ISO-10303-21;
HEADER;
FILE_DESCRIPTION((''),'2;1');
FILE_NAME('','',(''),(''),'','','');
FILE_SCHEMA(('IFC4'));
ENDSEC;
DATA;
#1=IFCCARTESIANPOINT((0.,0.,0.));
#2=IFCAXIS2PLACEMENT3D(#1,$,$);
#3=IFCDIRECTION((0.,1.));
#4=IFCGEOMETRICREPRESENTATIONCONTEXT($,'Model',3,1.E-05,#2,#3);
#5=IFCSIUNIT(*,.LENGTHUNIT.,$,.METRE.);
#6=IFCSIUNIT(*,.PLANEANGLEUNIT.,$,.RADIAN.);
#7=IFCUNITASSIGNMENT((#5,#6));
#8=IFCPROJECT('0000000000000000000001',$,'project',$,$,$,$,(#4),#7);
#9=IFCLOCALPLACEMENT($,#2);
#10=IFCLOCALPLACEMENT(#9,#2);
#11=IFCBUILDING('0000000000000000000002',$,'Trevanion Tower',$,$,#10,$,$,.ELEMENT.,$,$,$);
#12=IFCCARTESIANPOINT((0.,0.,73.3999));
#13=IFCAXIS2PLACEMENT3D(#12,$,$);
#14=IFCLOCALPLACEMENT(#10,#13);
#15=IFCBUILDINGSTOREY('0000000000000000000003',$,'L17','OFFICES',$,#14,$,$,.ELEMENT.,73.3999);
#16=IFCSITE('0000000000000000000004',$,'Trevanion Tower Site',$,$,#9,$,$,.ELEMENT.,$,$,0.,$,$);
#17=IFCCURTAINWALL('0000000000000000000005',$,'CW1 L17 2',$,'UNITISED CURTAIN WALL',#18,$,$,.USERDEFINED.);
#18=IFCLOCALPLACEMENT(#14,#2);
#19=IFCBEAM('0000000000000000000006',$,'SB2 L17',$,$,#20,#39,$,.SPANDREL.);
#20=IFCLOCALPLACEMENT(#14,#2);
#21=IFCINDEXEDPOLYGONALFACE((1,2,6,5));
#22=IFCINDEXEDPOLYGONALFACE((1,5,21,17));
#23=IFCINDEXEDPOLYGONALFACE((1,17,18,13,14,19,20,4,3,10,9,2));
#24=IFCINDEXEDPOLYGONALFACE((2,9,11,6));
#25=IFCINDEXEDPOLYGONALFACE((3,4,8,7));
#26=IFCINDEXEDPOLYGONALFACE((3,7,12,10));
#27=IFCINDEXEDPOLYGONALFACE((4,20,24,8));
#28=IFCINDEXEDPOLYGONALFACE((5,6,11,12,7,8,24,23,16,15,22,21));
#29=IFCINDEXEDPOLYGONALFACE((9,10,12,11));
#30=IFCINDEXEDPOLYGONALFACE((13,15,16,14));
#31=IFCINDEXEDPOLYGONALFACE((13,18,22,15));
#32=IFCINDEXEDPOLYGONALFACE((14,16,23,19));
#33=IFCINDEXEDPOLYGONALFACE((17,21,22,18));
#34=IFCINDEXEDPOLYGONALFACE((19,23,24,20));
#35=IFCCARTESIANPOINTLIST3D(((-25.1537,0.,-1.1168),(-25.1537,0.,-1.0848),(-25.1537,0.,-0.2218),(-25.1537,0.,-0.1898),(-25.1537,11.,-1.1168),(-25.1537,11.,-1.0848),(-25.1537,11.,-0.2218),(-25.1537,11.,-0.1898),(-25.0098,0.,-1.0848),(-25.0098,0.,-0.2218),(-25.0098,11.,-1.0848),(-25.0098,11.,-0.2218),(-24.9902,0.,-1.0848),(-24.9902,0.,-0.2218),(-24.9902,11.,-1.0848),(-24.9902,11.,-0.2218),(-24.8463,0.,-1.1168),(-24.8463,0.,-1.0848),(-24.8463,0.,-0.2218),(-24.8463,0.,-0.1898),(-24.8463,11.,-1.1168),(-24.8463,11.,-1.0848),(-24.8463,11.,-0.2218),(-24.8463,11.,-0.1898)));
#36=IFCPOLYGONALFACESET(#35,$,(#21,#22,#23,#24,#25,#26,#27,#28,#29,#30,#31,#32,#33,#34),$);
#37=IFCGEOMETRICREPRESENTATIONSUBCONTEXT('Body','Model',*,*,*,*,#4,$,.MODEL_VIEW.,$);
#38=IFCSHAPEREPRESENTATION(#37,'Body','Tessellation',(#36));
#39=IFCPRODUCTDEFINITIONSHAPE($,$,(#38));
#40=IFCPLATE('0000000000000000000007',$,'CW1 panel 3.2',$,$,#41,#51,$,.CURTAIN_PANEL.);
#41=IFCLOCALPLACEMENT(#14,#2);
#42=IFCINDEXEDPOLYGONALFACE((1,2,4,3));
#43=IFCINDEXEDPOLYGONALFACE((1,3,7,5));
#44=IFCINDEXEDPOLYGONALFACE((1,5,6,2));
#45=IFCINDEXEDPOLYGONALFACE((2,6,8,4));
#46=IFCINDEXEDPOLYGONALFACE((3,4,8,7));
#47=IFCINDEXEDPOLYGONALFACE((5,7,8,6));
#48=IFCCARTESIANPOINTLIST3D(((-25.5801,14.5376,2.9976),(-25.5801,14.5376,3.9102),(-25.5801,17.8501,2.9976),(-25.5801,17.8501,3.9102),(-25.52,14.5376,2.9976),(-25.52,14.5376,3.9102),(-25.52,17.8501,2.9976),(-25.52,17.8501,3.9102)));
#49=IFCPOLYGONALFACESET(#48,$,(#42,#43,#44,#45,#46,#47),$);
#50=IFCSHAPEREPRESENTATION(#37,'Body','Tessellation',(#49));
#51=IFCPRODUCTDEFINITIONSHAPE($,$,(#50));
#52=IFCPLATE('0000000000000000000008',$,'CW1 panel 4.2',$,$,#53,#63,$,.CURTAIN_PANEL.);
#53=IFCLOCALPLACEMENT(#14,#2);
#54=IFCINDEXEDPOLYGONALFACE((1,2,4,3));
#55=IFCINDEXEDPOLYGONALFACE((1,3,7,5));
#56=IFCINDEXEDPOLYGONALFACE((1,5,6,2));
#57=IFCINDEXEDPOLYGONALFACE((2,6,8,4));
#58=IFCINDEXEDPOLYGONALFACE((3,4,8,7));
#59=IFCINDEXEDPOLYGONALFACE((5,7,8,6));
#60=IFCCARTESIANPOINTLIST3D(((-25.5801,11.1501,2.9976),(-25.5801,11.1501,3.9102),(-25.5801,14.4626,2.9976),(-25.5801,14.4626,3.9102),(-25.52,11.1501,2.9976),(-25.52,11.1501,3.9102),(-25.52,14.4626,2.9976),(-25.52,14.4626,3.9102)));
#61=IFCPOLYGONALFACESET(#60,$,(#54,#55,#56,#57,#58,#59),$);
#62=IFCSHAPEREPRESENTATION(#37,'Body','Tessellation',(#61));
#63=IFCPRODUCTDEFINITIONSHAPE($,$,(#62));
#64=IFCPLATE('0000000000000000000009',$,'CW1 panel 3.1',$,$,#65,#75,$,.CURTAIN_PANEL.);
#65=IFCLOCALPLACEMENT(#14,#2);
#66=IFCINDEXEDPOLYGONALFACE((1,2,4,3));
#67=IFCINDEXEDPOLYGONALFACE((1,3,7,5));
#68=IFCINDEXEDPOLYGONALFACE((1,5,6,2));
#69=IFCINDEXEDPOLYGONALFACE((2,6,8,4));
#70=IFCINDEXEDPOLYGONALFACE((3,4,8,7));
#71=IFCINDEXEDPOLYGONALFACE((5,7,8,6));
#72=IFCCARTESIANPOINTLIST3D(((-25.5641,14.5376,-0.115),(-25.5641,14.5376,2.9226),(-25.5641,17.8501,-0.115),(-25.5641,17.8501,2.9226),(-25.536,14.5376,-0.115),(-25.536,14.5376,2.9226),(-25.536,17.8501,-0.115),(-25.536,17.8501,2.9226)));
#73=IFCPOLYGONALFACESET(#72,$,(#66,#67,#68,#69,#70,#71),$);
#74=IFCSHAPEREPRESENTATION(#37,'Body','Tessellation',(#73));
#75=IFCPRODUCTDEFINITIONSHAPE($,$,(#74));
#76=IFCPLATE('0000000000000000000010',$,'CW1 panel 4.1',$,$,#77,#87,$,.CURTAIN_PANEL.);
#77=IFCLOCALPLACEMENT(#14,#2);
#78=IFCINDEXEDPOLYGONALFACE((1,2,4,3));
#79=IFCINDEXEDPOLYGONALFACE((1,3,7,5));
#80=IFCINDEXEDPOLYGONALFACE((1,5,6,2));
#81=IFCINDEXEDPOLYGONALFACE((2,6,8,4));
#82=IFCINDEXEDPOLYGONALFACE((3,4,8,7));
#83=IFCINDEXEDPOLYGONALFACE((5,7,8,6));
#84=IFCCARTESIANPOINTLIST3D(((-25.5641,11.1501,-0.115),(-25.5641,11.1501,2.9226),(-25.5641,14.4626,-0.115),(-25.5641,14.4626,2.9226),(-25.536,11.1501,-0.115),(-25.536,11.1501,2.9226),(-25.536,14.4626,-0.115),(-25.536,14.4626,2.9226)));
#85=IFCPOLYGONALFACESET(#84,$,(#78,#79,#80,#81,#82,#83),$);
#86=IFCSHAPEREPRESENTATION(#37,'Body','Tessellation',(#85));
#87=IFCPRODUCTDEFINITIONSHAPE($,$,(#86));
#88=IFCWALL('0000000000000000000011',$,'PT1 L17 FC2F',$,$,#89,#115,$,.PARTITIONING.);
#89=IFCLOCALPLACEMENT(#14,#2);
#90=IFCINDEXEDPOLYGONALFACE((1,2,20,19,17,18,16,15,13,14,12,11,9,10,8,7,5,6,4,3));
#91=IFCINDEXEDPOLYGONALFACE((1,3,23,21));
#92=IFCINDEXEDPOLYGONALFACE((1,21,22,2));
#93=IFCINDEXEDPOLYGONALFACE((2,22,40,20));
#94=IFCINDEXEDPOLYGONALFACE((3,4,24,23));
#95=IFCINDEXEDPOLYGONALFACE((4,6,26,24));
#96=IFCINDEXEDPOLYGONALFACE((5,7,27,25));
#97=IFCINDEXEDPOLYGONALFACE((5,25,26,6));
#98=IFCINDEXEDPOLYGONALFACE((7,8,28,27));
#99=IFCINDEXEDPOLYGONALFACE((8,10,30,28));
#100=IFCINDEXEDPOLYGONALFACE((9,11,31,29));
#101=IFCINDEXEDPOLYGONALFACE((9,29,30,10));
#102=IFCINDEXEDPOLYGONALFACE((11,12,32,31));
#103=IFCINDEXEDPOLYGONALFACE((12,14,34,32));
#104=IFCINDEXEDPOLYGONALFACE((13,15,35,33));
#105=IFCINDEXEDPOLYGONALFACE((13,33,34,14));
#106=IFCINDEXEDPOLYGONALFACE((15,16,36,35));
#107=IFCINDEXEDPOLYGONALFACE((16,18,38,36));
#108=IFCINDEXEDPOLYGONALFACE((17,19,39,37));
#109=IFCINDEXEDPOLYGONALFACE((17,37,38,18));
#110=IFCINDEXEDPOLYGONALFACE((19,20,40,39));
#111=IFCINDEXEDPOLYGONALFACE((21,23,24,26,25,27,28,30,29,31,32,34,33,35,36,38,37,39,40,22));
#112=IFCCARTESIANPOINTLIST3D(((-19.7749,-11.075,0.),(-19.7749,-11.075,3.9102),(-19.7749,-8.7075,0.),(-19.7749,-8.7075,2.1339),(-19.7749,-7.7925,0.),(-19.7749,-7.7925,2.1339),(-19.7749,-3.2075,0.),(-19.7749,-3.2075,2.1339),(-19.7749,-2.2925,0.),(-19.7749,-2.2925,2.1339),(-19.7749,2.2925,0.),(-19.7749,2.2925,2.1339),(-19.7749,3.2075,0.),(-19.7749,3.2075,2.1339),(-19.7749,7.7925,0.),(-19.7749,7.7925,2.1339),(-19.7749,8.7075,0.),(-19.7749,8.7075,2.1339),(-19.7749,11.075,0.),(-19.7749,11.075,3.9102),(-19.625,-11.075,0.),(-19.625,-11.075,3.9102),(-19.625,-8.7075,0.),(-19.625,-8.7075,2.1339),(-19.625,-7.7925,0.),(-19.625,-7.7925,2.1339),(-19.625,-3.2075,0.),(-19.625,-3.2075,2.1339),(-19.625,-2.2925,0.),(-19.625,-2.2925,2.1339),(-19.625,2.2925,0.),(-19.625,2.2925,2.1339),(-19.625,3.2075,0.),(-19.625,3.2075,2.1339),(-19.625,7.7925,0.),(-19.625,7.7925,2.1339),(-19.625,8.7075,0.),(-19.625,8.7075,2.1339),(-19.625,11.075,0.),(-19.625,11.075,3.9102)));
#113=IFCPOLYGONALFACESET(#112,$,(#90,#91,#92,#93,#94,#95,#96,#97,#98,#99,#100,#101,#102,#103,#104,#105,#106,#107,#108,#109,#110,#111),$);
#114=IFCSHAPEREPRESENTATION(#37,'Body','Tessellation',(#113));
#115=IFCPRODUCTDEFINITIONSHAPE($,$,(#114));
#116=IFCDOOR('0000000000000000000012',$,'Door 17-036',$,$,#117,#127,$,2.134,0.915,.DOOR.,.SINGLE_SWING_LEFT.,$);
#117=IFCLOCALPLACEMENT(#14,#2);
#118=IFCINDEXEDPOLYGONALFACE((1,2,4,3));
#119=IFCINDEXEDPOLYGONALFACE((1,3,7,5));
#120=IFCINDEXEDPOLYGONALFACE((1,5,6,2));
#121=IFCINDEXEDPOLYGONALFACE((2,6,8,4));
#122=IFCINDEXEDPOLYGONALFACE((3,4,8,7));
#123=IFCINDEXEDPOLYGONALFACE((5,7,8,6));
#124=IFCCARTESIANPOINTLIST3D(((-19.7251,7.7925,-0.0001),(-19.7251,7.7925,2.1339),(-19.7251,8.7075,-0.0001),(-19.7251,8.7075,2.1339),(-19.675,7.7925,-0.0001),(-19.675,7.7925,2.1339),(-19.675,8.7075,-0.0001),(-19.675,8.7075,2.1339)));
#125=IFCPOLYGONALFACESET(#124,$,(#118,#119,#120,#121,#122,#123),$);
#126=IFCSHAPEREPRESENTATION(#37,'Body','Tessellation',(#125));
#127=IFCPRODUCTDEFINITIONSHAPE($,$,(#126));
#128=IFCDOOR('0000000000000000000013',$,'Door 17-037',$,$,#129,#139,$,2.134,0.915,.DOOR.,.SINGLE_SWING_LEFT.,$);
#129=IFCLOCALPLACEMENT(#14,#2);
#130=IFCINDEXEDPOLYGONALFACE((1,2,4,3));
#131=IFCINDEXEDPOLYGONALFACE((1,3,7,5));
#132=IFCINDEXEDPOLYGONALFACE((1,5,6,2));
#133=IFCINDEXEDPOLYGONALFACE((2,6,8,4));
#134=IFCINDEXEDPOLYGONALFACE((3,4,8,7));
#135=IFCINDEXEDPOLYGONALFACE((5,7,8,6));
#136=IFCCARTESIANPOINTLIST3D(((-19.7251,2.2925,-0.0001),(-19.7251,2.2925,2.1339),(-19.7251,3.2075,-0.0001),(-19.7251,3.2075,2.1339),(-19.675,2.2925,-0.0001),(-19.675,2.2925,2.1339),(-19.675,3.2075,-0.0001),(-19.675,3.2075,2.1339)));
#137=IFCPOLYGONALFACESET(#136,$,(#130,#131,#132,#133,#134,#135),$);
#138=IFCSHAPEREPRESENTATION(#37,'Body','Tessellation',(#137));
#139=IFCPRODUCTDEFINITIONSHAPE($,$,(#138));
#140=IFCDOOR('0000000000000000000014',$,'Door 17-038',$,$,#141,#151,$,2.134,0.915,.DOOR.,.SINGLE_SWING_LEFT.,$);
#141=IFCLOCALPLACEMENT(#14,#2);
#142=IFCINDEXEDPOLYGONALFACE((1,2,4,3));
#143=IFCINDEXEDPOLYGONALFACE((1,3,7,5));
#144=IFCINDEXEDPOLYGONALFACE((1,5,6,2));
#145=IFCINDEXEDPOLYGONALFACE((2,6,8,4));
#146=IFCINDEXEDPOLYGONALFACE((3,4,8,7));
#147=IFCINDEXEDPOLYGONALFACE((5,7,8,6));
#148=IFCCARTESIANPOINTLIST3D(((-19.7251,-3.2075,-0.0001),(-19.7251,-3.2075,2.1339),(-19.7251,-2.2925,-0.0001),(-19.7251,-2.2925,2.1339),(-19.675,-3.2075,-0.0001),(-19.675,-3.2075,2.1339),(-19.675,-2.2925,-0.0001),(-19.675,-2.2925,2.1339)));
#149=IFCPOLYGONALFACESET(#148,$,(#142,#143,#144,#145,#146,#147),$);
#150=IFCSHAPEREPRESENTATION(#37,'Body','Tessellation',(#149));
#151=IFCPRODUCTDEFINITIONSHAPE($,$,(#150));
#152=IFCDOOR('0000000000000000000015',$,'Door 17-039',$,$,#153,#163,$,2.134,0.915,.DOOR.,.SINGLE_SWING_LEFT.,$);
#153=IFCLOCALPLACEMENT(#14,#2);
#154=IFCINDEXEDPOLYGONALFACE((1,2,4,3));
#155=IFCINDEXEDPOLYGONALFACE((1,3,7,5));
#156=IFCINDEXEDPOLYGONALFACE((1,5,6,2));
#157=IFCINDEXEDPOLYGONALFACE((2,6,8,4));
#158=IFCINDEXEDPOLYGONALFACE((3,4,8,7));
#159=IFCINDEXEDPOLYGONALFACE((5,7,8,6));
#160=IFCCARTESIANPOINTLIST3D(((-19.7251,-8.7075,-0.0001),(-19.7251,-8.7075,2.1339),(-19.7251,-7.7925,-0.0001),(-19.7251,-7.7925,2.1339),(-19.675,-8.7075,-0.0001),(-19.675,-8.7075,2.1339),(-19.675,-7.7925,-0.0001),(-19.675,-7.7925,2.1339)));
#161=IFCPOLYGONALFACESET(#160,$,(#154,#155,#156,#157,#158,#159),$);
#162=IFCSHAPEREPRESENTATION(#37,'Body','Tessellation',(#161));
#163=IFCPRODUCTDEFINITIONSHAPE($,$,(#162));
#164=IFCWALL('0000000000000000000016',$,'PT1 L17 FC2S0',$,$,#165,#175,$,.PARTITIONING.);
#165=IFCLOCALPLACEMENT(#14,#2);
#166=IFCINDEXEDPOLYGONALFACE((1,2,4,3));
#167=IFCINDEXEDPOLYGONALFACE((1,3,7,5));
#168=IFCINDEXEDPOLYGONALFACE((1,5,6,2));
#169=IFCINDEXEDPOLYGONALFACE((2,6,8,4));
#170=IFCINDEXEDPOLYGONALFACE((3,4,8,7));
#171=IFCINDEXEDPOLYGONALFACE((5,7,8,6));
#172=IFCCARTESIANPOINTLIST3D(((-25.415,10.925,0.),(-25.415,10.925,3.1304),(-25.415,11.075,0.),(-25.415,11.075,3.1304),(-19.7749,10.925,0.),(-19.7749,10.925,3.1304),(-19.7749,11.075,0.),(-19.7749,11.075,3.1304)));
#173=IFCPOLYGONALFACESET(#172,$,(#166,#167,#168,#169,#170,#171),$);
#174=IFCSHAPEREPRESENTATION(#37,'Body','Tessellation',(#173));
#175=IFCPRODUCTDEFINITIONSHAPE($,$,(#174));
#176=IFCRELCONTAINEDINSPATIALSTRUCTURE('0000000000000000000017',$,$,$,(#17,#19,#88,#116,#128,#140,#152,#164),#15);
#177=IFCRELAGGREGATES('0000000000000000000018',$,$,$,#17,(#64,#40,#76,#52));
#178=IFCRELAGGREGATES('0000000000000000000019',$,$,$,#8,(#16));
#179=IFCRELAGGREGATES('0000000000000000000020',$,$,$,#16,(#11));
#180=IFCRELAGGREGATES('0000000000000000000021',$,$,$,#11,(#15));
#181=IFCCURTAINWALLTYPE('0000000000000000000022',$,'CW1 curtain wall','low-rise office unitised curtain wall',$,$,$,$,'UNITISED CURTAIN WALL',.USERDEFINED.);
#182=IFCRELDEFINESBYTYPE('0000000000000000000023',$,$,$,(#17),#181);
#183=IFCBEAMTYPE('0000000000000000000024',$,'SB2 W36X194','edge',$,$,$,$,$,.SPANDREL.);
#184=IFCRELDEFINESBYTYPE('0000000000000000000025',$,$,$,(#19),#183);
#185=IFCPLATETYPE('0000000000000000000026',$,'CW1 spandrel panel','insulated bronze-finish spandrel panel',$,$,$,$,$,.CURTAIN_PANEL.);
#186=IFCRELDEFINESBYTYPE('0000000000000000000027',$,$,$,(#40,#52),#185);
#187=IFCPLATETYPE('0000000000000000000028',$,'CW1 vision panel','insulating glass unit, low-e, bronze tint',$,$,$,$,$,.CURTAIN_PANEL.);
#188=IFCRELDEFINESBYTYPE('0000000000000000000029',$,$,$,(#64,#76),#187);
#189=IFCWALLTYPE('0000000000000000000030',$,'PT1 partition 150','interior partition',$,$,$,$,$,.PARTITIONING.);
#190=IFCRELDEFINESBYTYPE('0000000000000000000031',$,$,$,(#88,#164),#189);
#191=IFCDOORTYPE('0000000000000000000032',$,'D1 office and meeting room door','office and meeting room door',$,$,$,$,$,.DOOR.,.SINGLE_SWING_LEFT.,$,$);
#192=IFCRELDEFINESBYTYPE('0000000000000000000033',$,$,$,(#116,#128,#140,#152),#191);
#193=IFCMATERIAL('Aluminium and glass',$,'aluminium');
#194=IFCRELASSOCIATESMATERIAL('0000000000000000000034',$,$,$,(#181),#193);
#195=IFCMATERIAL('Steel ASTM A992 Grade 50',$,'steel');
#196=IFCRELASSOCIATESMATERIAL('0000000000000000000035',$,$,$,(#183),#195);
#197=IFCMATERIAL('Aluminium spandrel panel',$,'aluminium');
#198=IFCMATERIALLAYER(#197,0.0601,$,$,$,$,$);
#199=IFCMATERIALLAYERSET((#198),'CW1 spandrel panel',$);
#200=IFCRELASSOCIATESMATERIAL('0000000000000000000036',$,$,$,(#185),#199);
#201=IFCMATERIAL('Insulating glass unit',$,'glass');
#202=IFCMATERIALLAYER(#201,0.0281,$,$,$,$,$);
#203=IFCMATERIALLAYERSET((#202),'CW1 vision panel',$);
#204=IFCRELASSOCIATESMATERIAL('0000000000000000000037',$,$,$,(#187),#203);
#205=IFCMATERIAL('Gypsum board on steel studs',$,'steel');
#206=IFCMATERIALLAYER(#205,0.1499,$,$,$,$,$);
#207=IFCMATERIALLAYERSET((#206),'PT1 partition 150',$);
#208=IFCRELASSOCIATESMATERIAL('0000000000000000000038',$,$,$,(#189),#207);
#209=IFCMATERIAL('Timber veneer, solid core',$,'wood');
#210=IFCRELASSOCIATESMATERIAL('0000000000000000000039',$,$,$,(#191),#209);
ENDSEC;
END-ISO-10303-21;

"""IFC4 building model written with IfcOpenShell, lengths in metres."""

from ifc_helpers import new_model, si_unit, direction, frame, frame_2d, origin, origin_2d, place, context, subcontext, project, spatial, rectangle, i_section, extrude, material, layer, layer_set, material_profile, profile_set, type_object, element, fill, aggregate, save


model = new_model("IFC4")

# Units and contexts
model_context = context("Model", 3, precision=1e-05, world=origin(), true_north=direction((0.0, 1.0)))
body_context = subcontext(model_context, "Body", "Model", "MODEL_VIEW")
ifc_project = project(units=[si_unit("LENGTHUNIT", "METRE"), si_unit("PLANEANGLEUNIT", "RADIAN")], contexts=[model_context])

# Site, building, storey
site_placement = place(None, origin())
site = spatial("IfcSite", under=ifc_project, at=site_placement, Name="Trevanion Tower Site", CompositionType="ELEMENT", RefElevation=0.0)
building_placement = place(site_placement, origin())
building = spatial("IfcBuilding", under=site, at=building_placement, Name="Trevanion Tower", CompositionType="ELEMENT")
storey_placement = place(building_placement, frame((0.0, 0.0, 73.3999)))
storey = spatial("IfcBuildingStorey", under=building, at=storey_placement, Name="L17", Description="OFFICES", CompositionType="ELEMENT", Elevation=73.3999)

# Curtain wall
ifc_material_1 = material(Name="Aluminium and glass", Category="aluminium")
curtain_wall_type = type_object("IfcCurtainWallType", Name="CW1 curtain wall", Description="low-rise office unitised curtain wall", ElementType="UNITISED CURTAIN WALL", PredefinedType="USERDEFINED", material=ifc_material_1)
curtain_wall_placement = place(storey_placement, origin())
curtain_wall = element("IfcCurtainWall", 1, at=curtain_wall_placement, inside=storey, type_object=curtain_wall_type, Name="CW1 L17 2", ObjectType="UNITISED CURTAIN WALL", PredefinedType="USERDEFINED")

# Beam
ifc_material_2 = material(Name="Steel ASTM A992 Grade 50", Category="steel")
ifc_material_profile_1 = material_profile(ifc_material_2, i_section(OverallWidth=0.3074, OverallDepth=0.927, WebThickness=0.0195, FlangeThickness=0.032, at=origin_2d()), Name="W36X194")
ifc_profile_set_1 = profile_set([ifc_material_profile_1], Name="Steel ASTM A992 Grade 50")
beam_type = type_object("IfcBeamType", Name="SB2 W36X194", Description="edge", PredefinedType="SPANDREL", material=ifc_profile_set_1)
beam_1_placement = place(storey_placement, frame((-25.0, 11.0, -0.6533), z_axis=(0.0, -1.0, 0.0), x_axis=(1.0, 0.0, 0.0)))
element("IfcBeam", 2, at=beam_1_placement, inside=storey, type_object=beam_type, Name="SB2 L17", PredefinedType="SPANDREL", context=body_context, shape_type="SweptSolid", body=[
    extrude(i_section(OverallWidth=0.3074, OverallDepth=0.927, WebThickness=0.0195, FlangeThickness=0.032, at=origin_2d()), origin(), (0.0, 0.0, 1.0), 11.0),
])

# Plates
ifc_material_3 = material(Name="Aluminium spandrel panel", Category="aluminium")
ifc_layer_1 = layer(ifc_material_3, 0.0601)
ifc_layer_set_1 = layer_set([ifc_layer_1], Name="CW1 spandrel panel")
plate_type_1 = type_object("IfcPlateType", Name="CW1 spandrel panel", Description="insulated bronze-finish spandrel panel", PredefinedType="CURTAIN_PANEL", material=ifc_layer_set_1)
plate_1_placement = place(storey_placement, frame((-25.55, 16.1938, 2.9976), z_axis=(0.0, 0.0, 1.0), x_axis=(0.0, -1.0, 0.0)))
plate_1 = element("IfcPlate", 3, at=plate_1_placement, type_object=plate_type_1, Name="CW1 panel 3.2", PredefinedType="CURTAIN_PANEL", context=body_context, shape_type="SweptSolid", body=[
    extrude(rectangle(XDim=3.3125, YDim=0.0601, at=origin_2d()), origin(), (0.0, 0.0, 1.0), 0.9126),
])
plate_2_placement = place(storey_placement, frame((-25.55, 12.8064, 2.9976), z_axis=(0.0, 0.0, 1.0), x_axis=(0.0, -1.0, 0.0)))
plate_2 = element("IfcPlate", 4, at=plate_2_placement, type_object=plate_type_1, Name="CW1 panel 4.2", PredefinedType="CURTAIN_PANEL", context=body_context, shape_type="SweptSolid", body=[
    extrude(rectangle(XDim=3.3125, YDim=0.0601, at=origin_2d()), origin(), (0.0, 0.0, 1.0), 0.9126),
])
ifc_material_4 = material(Name="Insulating glass unit", Category="glass")
ifc_layer_2 = layer(ifc_material_4, 0.0281)
ifc_layer_set_2 = layer_set([ifc_layer_2], Name="CW1 vision panel")
plate_type_2 = type_object("IfcPlateType", Name="CW1 vision panel", Description="insulating glass unit, low-e, bronze tint", PredefinedType="CURTAIN_PANEL", material=ifc_layer_set_2)
plate_3_placement = place(storey_placement, frame((-25.55, 16.1938, -0.115), z_axis=(0.0, 0.0, 1.0), x_axis=(0.0, -1.0, 0.0)))
plate_3 = element("IfcPlate", 5, at=plate_3_placement, type_object=plate_type_2, Name="CW1 panel 3.1", PredefinedType="CURTAIN_PANEL", context=body_context, shape_type="SweptSolid", body=[
    extrude(rectangle(XDim=3.3125, YDim=0.0281, at=origin_2d()), origin(), (0.0, 0.0, 1.0), 3.0376),
])
plate_4_placement = place(storey_placement, frame((-25.55, 12.8064, -0.115), z_axis=(0.0, 0.0, 1.0), x_axis=(0.0, -1.0, 0.0)))
plate_4 = element("IfcPlate", 6, at=plate_4_placement, type_object=plate_type_2, Name="CW1 panel 4.1", PredefinedType="CURTAIN_PANEL", context=body_context, shape_type="SweptSolid", body=[
    extrude(rectangle(XDim=3.3125, YDim=0.0281, at=origin_2d()), origin(), (0.0, 0.0, 1.0), 3.0376),
])
aggregate(curtain_wall, [plate_3, plate_1, plate_4, plate_2])

# Wall, openings, doors
ifc_material_5 = material(Name="Gypsum board on steel studs", Category="steel")
ifc_layer_3 = layer(ifc_material_5, 0.1499)
ifc_layer_set_3 = layer_set([ifc_layer_3], Name="PT1 partition 150")
wall_type = type_object("IfcWallType", Name="PT1 partition 150", Description="interior partition", PredefinedType="PARTITIONING", material=ifc_layer_set_3)
wall_1_placement = place(storey_placement, frame((-19.7, 11.075, 0.0), z_axis=(0.0, 0.0, 1.0), x_axis=(0.0, -1.0, 0.0)))
wall_1 = element("IfcWall", 7, at=wall_1_placement, inside=storey, type_object=wall_type, Name="PT1 L17 FC2F", PredefinedType="PARTITIONING", context=body_context, shape_type="SweptSolid", body=[
    extrude(rectangle(XDim=22.1499, YDim=0.1499, at=frame_2d((11.075, 0.0))), origin(), (0.0, 0.0, 1.0), 3.9102),
])
opening_1_placement = place(wall_1_placement, frame((2.3674, 0.0, 0.0)))
opening_1 = element("IfcOpeningElement", 8, at=opening_1_placement, cuts=wall_1, PredefinedType="OPENING", context=body_context, shape_type="SweptSolid", body=[
    extrude(rectangle(XDim=0.915, YDim=2.134, at=frame_2d((0.4575, 1.0669))), frame((0.0, 0.085, 0.0), z_axis=(0.0, -1.0, 0.0), x_axis=(1.0, 0.0, 0.0)), (0.0, 0.0, 1.0), 0.1699),
])
opening_2_placement = place(wall_1_placement, frame((7.8674, 0.0, 0.0)))
opening_2 = element("IfcOpeningElement", 9, at=opening_2_placement, cuts=wall_1, PredefinedType="OPENING", context=body_context, shape_type="SweptSolid", body=[
    extrude(rectangle(XDim=0.915, YDim=2.134, at=frame_2d((0.4575, 1.0669))), frame((0.0, 0.085, 0.0), z_axis=(0.0, -1.0, 0.0), x_axis=(1.0, 0.0, 0.0)), (0.0, 0.0, 1.0), 0.1699),
])
opening_3_placement = place(wall_1_placement, frame((13.3674, 0.0, 0.0)))
opening_3 = element("IfcOpeningElement", 10, at=opening_3_placement, cuts=wall_1, PredefinedType="OPENING", context=body_context, shape_type="SweptSolid", body=[
    extrude(rectangle(XDim=0.915, YDim=2.134, at=frame_2d((0.4575, 1.0669))), frame((0.0, 0.085, 0.0), z_axis=(0.0, -1.0, 0.0), x_axis=(1.0, 0.0, 0.0)), (0.0, 0.0, 1.0), 0.1699),
])
opening_4_placement = place(wall_1_placement, frame((18.8674, 0.0, 0.0)))
opening_4 = element("IfcOpeningElement", 11, at=opening_4_placement, cuts=wall_1, PredefinedType="OPENING", context=body_context, shape_type="SweptSolid", body=[
    extrude(rectangle(XDim=0.915, YDim=2.134, at=frame_2d((0.4575, 1.0669))), frame((0.0, 0.085, 0.0), z_axis=(0.0, -1.0, 0.0), x_axis=(1.0, 0.0, 0.0)), (0.0, 0.0, 1.0), 0.1699),
])
ifc_material_6 = material(Name="Timber veneer, solid core", Category="wood")
door_type = type_object("IfcDoorType", Name="D1 office and meeting room door", Description="office and meeting room door", OperationType="SINGLE_SWING_LEFT", PredefinedType="DOOR", material=ifc_material_6)
door_1_placement = place(opening_1_placement, origin())
door_1 = element("IfcDoor", 12, at=door_1_placement, inside=storey, type_object=door_type, Name="Door 17-036", OperationType="SINGLE_SWING_LEFT", OverallHeight=2.134, OverallWidth=0.915, PredefinedType="DOOR", context=body_context, shape_type="SweptSolid", body=[
    extrude(rectangle(XDim=0.915, YDim=2.134, at=frame_2d((0.4575, 1.0669))), frame((0.0, 0.0249, 0.0), z_axis=(0.0, -1.0, 0.0), x_axis=(1.0, 0.0, 0.0)), (0.0, 0.0, 1.0), 0.05),
])
fill(opening_1, door_1)
door_2_placement = place(opening_2_placement, origin())
door_2 = element("IfcDoor", 13, at=door_2_placement, inside=storey, type_object=door_type, Name="Door 17-037", OperationType="SINGLE_SWING_LEFT", OverallHeight=2.134, OverallWidth=0.915, PredefinedType="DOOR", context=body_context, shape_type="SweptSolid", body=[
    extrude(rectangle(XDim=0.915, YDim=2.134, at=frame_2d((0.4575, 1.0669))), frame((0.0, 0.0249, 0.0), z_axis=(0.0, -1.0, 0.0), x_axis=(1.0, 0.0, 0.0)), (0.0, 0.0, 1.0), 0.05),
])
fill(opening_2, door_2)
door_3_placement = place(opening_3_placement, origin())
door_3 = element("IfcDoor", 14, at=door_3_placement, inside=storey, type_object=door_type, Name="Door 17-038", OperationType="SINGLE_SWING_LEFT", OverallHeight=2.134, OverallWidth=0.915, PredefinedType="DOOR", context=body_context, shape_type="SweptSolid", body=[
    extrude(rectangle(XDim=0.915, YDim=2.134, at=frame_2d((0.4575, 1.0669))), frame((0.0, 0.0249, 0.0), z_axis=(0.0, -1.0, 0.0), x_axis=(1.0, 0.0, 0.0)), (0.0, 0.0, 1.0), 0.05),
])
fill(opening_3, door_3)
door_4_placement = place(opening_4_placement, origin())
door_4 = element("IfcDoor", 15, at=door_4_placement, inside=storey, type_object=door_type, Name="Door 17-039", OperationType="SINGLE_SWING_LEFT", OverallHeight=2.134, OverallWidth=0.915, PredefinedType="DOOR", context=body_context, shape_type="SweptSolid", body=[
    extrude(rectangle(XDim=0.915, YDim=2.134, at=frame_2d((0.4575, 1.0669))), frame((0.0, 0.0249, 0.0), z_axis=(0.0, -1.0, 0.0), x_axis=(1.0, 0.0, 0.0)), (0.0, 0.0, 1.0), 0.05),
])
fill(opening_4, door_4)

# Wall
wall_2_placement = place(storey_placement, frame((-19.7749, 11.0, 0.0), z_axis=(0.0, 0.0, 1.0), x_axis=(-1.0, 0.0, 0.0)))
element("IfcWall", 16, at=wall_2_placement, inside=storey, type_object=wall_type, Name="PT1 L17 FC2S0", PredefinedType="PARTITIONING", context=body_context, shape_type="SweptSolid", body=[
    extrude(rectangle(XDim=5.6401, YDim=0.1499, at=frame_2d((2.8201, 0.0))), origin(), (0.0, 0.0, 1.0), 3.1304),
])

save(model, "model.ifc")
